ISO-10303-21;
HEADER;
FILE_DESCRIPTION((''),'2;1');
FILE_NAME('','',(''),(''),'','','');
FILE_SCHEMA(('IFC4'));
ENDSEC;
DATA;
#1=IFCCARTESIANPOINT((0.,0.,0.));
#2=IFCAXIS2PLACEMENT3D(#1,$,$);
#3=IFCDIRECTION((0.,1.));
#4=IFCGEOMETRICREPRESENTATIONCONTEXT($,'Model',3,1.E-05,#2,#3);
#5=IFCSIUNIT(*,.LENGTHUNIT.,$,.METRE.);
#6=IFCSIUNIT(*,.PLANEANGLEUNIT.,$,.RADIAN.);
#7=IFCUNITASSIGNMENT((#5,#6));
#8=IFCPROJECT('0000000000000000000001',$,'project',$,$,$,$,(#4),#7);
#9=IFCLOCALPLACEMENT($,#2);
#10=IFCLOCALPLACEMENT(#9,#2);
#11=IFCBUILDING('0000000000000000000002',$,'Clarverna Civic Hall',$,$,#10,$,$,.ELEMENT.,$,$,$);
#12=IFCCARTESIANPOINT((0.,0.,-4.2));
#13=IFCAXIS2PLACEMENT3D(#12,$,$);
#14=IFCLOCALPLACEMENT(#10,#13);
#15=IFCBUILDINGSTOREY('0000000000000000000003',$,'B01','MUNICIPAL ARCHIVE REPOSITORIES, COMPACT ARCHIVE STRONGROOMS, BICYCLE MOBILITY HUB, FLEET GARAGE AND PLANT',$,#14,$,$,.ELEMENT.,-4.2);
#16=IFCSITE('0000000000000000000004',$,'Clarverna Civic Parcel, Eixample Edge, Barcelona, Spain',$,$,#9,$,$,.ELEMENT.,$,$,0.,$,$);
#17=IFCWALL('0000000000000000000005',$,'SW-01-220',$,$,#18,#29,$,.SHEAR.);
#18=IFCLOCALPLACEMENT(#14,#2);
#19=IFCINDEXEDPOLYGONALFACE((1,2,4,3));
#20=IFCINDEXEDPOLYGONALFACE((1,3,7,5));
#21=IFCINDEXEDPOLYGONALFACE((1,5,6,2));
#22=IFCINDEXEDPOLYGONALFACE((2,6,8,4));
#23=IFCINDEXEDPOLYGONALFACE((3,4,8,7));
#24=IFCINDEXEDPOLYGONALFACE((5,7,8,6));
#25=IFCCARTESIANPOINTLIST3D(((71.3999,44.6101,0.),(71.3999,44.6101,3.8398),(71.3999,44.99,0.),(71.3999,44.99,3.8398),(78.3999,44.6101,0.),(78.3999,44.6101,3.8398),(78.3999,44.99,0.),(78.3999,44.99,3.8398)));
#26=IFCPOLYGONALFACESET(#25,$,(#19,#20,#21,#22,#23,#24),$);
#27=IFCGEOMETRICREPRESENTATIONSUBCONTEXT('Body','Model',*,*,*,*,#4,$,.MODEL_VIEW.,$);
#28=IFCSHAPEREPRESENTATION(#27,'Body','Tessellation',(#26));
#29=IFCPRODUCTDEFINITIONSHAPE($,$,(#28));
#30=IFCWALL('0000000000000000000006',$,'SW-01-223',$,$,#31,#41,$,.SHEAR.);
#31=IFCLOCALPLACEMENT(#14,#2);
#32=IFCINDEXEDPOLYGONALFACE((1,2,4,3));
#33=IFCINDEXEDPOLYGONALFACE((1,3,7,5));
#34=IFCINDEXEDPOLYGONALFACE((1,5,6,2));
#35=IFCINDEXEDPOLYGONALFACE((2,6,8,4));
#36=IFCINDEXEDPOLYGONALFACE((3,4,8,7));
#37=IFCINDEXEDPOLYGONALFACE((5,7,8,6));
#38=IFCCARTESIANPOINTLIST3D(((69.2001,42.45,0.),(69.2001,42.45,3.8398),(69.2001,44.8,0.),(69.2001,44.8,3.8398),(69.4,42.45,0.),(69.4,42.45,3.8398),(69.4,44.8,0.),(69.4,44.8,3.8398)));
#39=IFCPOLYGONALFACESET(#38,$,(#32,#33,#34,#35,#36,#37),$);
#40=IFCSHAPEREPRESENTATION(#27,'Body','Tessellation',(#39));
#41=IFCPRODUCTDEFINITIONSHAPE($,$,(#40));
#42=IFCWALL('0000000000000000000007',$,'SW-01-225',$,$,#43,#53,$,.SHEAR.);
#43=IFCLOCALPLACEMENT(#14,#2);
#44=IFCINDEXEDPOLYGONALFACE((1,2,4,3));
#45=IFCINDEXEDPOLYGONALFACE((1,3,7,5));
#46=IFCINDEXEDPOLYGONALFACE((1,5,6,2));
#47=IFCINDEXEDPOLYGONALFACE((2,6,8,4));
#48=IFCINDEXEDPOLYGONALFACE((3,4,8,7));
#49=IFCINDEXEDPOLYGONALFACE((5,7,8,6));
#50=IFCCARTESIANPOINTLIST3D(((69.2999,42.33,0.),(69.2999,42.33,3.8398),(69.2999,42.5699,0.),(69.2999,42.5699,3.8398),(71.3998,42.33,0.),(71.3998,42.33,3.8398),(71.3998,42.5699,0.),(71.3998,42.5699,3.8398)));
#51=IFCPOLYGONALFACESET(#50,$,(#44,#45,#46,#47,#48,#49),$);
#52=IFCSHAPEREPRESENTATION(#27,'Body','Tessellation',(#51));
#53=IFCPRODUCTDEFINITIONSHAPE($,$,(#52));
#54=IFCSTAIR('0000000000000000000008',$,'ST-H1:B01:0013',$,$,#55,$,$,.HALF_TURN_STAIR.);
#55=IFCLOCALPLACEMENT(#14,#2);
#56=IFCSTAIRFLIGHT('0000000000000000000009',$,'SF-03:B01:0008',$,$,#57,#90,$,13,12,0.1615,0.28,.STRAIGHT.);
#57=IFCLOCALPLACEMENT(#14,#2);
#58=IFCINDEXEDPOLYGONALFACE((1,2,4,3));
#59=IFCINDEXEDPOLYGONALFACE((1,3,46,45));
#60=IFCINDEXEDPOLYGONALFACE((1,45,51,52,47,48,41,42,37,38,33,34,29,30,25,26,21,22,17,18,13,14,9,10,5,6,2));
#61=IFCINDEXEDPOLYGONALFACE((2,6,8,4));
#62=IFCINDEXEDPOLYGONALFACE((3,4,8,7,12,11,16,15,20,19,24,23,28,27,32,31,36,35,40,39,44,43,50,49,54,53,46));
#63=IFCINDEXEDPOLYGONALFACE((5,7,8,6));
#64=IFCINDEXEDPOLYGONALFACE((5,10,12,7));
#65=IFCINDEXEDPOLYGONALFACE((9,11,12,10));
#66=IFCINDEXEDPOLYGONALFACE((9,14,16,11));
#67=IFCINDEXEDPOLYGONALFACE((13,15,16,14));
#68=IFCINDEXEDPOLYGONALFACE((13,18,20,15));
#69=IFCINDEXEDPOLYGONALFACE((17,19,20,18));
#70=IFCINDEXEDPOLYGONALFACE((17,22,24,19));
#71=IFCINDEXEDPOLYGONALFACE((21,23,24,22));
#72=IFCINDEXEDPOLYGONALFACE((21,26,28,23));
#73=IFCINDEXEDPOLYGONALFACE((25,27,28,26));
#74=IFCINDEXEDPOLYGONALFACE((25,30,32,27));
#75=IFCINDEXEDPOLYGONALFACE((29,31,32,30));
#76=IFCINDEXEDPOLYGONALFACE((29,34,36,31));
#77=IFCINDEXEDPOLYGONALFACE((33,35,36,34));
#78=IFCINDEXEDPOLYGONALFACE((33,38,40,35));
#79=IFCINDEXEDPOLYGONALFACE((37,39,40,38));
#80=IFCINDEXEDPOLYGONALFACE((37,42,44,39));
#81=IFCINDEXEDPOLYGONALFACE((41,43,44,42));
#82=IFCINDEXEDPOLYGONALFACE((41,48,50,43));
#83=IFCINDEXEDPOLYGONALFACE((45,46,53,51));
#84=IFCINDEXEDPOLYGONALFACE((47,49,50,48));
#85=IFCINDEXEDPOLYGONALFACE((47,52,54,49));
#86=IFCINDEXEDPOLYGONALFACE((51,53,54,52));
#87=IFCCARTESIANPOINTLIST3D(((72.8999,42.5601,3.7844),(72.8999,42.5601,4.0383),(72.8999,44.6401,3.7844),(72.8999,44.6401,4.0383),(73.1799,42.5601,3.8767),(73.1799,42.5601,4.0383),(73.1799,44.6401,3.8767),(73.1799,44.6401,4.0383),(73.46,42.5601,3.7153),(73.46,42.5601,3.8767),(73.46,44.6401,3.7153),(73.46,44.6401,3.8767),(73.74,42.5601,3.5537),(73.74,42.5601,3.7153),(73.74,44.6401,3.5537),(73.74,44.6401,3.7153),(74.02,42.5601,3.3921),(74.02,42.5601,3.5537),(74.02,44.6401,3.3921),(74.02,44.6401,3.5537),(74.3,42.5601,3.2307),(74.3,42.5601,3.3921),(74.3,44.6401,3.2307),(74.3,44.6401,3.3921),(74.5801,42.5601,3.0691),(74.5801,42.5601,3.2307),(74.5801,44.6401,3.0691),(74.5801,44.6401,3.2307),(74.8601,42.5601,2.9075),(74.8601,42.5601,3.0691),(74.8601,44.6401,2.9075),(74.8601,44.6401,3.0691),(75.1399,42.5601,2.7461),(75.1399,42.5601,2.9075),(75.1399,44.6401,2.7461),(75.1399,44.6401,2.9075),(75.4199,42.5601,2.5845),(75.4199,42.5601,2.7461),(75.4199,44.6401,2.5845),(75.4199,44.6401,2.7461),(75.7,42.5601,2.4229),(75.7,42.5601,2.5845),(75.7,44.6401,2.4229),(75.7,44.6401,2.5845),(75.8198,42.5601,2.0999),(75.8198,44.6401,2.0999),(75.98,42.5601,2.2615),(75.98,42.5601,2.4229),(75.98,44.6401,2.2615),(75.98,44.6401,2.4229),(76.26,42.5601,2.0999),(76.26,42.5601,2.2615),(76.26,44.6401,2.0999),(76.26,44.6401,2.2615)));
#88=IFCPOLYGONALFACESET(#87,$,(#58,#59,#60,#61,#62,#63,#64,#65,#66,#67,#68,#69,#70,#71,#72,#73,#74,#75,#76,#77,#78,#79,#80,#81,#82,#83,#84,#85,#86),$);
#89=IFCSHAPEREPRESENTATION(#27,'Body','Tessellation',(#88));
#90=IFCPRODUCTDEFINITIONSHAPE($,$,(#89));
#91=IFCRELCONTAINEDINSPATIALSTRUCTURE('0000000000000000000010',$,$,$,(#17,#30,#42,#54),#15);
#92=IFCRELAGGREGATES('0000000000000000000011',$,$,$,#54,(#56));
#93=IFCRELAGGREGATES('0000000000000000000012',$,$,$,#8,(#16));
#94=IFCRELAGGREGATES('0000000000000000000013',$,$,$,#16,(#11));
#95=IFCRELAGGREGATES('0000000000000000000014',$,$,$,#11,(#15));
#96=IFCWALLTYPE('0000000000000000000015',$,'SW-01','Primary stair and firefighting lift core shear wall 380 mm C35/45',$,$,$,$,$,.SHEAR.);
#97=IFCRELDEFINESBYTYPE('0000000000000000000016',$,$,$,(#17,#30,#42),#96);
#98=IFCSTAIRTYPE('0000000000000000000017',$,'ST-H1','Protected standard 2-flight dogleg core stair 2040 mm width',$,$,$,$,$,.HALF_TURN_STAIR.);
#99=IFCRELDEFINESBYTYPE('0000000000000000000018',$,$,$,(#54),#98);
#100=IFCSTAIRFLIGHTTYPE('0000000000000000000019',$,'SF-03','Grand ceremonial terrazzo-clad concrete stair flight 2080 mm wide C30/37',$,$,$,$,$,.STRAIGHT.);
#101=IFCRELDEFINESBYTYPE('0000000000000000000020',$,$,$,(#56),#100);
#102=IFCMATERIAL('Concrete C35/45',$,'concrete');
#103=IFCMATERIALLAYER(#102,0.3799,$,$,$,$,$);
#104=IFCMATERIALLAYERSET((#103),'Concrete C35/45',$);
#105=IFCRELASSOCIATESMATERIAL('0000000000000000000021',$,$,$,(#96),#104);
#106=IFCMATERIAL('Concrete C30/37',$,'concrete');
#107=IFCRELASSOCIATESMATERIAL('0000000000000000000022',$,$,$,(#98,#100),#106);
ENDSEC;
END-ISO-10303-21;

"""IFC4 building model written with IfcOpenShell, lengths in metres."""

from ifc_helpers import new_model, si_unit, direction, frame, frame_2d, origin, place, context, subcontext, project, spatial, polyline, rectangle, outline, extrude, material, layer, layer_set, type_object, element, aggregate, save


model = new_model("IFC4")

# Units and contexts
model_context = context("Model", 3, precision=1e-05, world=origin(), true_north=direction((0.0, 1.0)))
body_context = subcontext(model_context, "Body", "Model", "MODEL_VIEW")
ifc_project = project(units=[si_unit("LENGTHUNIT", "METRE"), si_unit("PLANEANGLEUNIT", "RADIAN")], contexts=[model_context])

# Site, building, storey
site_placement = place(None, origin())
site = spatial("IfcSite", under=ifc_project, at=site_placement, Name="Clarverna Civic Parcel, Eixample Edge, Barcelona, Spain", CompositionType="ELEMENT", RefElevation=0.0)
building_placement = place(site_placement, origin())
building = spatial("IfcBuilding", under=site, at=building_placement, Name="Clarverna Civic Hall", CompositionType="ELEMENT")
storey_placement = place(building_placement, frame((0.0, 0.0, -4.2)))
storey = spatial("IfcBuildingStorey", under=building, at=storey_placement, Name="B01", Description="MUNICIPAL ARCHIVE REPOSITORIES, COMPACT ARCHIVE STRONGROOMS, BICYCLE MOBILITY HUB, FLEET GARAGE AND PLANT", CompositionType="ELEMENT", Elevation=-4.2)

# Shared definitions
ifc_material_1 = material(Name="Concrete C30/37", Category="concrete")

# Shared definitions
ifc_material_2 = material(Name="Concrete C35/45", Category="concrete")

# Walls
ifc_layer = layer(ifc_material_2, 0.3799)
ifc_layer_set = layer_set([ifc_layer], Name="Concrete C35/45")
wall_type = type_object("IfcWallType", Name="SW-01", Description="Primary stair and firefighting lift core shear wall 380 mm C35/45", PredefinedType="SHEAR", material=ifc_layer_set)
wall_1_placement = place(storey_placement, frame((71.3999, 44.8, 0.0), z_axis=(0.0, 0.0, 1.0), x_axis=(1.0, 0.0, 0.0)))
element("IfcWall", 1, at=wall_1_placement, inside=storey, type_object=wall_type, Name="SW-01-220", PredefinedType="SHEAR", context=body_context, shape_type="SweptSolid", body=[
    extrude(rectangle(XDim=7.0, YDim=0.3799, at=frame_2d((3.5, 0.0))), origin(), (0.0, 0.0, 1.0), 3.8398),
])
wall_2_placement = place(storey_placement, frame((69.3, 42.45, 0.0), z_axis=(0.0, 0.0, 1.0), x_axis=(0.0, 1.0, 0.0)))
element("IfcWall", 2, at=wall_2_placement, inside=storey, type_object=wall_type, Name="SW-01-223", PredefinedType="SHEAR", context=body_context, shape_type="SweptSolid", body=[
    extrude(rectangle(XDim=2.3501, YDim=0.2, at=frame_2d((1.175, 0.0))), origin(), (0.0, 0.0, 1.0), 3.8398),
])
wall_3_placement = place(storey_placement, frame((69.3, 42.45, 0.0), z_axis=(0.0, 0.0, 1.0), x_axis=(1.0, 0.0, 0.0)))
element("IfcWall", 3, at=wall_3_placement, inside=storey, type_object=wall_type, Name="SW-01-225", PredefinedType="SHEAR", context=body_context, shape_type="SweptSolid", body=[
    extrude(rectangle(XDim=2.0999, YDim=0.24, at=frame_2d((1.0498, 0.0))), origin(), (0.0, 0.0, 1.0), 3.8398),
])

# Stair, stair flight
stair_type = type_object("IfcStairType", Name="ST-H1", Description="Protected standard 2-flight dogleg core stair 2040 mm width", PredefinedType="HALF_TURN_STAIR", material=ifc_material_1)
stair_placement = place(storey_placement, origin())
stair = element("IfcStair", 4, at=stair_placement, inside=storey, type_object=stair_type, Name="ST-H1:B01:0013", PredefinedType="HALF_TURN_STAIR")
stair_flight_type = type_object("IfcStairFlightType", Name="SF-03", Description="Grand ceremonial terrazzo-clad concrete stair flight 2080 mm wide C30/37", PredefinedType="STRAIGHT", material=ifc_material_1)
stair_flight_placement = place(storey_placement, frame((76.26, 43.6001, 2.0999), z_axis=(0.0, 0.0, 1.0), x_axis=(-1.0, 0.0, 0.0)))
stair_flight = element("IfcStairFlight", 5, at=stair_flight_placement, type_object=stair_flight_type, Name="SF-03:B01:0008", NumberOfRisers=13, NumberOfTreads=12, PredefinedType="STRAIGHT", RiserHeight=0.1615, TreadLength=0.28, context=body_context, shape_type="SweptSolid", body=[
    extrude(outline(polyline([(0.0, 0.0), (0.0, 0.1616), (0.28, 0.1616), (0.28, 0.323), (0.5601, 0.323), (0.5601, 0.4846), (0.8401, 0.4846), (0.8401, 0.6462), (1.1201, 0.6462), (1.1201, 0.8076), (1.3999, 0.8076), (1.3999, 0.9692), (1.6799, 0.9692), (1.6799, 1.1309), (1.96, 1.1309), (1.96, 1.2922), (2.24, 1.2922), (2.24, 1.4539), (2.52, 1.4539), (2.52, 1.6155), (2.8, 1.6155), (2.8, 1.7769), (3.0801, 1.7769), (3.0801, 1.9385), (3.3601, 1.9385), (3.3601, 2.1001), (3.3601, 1.6846), (0.4402, 0.0), (0.0, 0.0)])), frame((0.0, 1.04, 0.0), z_axis=(0.0, -1.0, 0.0), x_axis=(1.0, 0.0, 0.0)), (0.0, 0.0, 1.0), 2.0801),
])
aggregate(stair, [stair_flight])

save(model, "model.ifc")
